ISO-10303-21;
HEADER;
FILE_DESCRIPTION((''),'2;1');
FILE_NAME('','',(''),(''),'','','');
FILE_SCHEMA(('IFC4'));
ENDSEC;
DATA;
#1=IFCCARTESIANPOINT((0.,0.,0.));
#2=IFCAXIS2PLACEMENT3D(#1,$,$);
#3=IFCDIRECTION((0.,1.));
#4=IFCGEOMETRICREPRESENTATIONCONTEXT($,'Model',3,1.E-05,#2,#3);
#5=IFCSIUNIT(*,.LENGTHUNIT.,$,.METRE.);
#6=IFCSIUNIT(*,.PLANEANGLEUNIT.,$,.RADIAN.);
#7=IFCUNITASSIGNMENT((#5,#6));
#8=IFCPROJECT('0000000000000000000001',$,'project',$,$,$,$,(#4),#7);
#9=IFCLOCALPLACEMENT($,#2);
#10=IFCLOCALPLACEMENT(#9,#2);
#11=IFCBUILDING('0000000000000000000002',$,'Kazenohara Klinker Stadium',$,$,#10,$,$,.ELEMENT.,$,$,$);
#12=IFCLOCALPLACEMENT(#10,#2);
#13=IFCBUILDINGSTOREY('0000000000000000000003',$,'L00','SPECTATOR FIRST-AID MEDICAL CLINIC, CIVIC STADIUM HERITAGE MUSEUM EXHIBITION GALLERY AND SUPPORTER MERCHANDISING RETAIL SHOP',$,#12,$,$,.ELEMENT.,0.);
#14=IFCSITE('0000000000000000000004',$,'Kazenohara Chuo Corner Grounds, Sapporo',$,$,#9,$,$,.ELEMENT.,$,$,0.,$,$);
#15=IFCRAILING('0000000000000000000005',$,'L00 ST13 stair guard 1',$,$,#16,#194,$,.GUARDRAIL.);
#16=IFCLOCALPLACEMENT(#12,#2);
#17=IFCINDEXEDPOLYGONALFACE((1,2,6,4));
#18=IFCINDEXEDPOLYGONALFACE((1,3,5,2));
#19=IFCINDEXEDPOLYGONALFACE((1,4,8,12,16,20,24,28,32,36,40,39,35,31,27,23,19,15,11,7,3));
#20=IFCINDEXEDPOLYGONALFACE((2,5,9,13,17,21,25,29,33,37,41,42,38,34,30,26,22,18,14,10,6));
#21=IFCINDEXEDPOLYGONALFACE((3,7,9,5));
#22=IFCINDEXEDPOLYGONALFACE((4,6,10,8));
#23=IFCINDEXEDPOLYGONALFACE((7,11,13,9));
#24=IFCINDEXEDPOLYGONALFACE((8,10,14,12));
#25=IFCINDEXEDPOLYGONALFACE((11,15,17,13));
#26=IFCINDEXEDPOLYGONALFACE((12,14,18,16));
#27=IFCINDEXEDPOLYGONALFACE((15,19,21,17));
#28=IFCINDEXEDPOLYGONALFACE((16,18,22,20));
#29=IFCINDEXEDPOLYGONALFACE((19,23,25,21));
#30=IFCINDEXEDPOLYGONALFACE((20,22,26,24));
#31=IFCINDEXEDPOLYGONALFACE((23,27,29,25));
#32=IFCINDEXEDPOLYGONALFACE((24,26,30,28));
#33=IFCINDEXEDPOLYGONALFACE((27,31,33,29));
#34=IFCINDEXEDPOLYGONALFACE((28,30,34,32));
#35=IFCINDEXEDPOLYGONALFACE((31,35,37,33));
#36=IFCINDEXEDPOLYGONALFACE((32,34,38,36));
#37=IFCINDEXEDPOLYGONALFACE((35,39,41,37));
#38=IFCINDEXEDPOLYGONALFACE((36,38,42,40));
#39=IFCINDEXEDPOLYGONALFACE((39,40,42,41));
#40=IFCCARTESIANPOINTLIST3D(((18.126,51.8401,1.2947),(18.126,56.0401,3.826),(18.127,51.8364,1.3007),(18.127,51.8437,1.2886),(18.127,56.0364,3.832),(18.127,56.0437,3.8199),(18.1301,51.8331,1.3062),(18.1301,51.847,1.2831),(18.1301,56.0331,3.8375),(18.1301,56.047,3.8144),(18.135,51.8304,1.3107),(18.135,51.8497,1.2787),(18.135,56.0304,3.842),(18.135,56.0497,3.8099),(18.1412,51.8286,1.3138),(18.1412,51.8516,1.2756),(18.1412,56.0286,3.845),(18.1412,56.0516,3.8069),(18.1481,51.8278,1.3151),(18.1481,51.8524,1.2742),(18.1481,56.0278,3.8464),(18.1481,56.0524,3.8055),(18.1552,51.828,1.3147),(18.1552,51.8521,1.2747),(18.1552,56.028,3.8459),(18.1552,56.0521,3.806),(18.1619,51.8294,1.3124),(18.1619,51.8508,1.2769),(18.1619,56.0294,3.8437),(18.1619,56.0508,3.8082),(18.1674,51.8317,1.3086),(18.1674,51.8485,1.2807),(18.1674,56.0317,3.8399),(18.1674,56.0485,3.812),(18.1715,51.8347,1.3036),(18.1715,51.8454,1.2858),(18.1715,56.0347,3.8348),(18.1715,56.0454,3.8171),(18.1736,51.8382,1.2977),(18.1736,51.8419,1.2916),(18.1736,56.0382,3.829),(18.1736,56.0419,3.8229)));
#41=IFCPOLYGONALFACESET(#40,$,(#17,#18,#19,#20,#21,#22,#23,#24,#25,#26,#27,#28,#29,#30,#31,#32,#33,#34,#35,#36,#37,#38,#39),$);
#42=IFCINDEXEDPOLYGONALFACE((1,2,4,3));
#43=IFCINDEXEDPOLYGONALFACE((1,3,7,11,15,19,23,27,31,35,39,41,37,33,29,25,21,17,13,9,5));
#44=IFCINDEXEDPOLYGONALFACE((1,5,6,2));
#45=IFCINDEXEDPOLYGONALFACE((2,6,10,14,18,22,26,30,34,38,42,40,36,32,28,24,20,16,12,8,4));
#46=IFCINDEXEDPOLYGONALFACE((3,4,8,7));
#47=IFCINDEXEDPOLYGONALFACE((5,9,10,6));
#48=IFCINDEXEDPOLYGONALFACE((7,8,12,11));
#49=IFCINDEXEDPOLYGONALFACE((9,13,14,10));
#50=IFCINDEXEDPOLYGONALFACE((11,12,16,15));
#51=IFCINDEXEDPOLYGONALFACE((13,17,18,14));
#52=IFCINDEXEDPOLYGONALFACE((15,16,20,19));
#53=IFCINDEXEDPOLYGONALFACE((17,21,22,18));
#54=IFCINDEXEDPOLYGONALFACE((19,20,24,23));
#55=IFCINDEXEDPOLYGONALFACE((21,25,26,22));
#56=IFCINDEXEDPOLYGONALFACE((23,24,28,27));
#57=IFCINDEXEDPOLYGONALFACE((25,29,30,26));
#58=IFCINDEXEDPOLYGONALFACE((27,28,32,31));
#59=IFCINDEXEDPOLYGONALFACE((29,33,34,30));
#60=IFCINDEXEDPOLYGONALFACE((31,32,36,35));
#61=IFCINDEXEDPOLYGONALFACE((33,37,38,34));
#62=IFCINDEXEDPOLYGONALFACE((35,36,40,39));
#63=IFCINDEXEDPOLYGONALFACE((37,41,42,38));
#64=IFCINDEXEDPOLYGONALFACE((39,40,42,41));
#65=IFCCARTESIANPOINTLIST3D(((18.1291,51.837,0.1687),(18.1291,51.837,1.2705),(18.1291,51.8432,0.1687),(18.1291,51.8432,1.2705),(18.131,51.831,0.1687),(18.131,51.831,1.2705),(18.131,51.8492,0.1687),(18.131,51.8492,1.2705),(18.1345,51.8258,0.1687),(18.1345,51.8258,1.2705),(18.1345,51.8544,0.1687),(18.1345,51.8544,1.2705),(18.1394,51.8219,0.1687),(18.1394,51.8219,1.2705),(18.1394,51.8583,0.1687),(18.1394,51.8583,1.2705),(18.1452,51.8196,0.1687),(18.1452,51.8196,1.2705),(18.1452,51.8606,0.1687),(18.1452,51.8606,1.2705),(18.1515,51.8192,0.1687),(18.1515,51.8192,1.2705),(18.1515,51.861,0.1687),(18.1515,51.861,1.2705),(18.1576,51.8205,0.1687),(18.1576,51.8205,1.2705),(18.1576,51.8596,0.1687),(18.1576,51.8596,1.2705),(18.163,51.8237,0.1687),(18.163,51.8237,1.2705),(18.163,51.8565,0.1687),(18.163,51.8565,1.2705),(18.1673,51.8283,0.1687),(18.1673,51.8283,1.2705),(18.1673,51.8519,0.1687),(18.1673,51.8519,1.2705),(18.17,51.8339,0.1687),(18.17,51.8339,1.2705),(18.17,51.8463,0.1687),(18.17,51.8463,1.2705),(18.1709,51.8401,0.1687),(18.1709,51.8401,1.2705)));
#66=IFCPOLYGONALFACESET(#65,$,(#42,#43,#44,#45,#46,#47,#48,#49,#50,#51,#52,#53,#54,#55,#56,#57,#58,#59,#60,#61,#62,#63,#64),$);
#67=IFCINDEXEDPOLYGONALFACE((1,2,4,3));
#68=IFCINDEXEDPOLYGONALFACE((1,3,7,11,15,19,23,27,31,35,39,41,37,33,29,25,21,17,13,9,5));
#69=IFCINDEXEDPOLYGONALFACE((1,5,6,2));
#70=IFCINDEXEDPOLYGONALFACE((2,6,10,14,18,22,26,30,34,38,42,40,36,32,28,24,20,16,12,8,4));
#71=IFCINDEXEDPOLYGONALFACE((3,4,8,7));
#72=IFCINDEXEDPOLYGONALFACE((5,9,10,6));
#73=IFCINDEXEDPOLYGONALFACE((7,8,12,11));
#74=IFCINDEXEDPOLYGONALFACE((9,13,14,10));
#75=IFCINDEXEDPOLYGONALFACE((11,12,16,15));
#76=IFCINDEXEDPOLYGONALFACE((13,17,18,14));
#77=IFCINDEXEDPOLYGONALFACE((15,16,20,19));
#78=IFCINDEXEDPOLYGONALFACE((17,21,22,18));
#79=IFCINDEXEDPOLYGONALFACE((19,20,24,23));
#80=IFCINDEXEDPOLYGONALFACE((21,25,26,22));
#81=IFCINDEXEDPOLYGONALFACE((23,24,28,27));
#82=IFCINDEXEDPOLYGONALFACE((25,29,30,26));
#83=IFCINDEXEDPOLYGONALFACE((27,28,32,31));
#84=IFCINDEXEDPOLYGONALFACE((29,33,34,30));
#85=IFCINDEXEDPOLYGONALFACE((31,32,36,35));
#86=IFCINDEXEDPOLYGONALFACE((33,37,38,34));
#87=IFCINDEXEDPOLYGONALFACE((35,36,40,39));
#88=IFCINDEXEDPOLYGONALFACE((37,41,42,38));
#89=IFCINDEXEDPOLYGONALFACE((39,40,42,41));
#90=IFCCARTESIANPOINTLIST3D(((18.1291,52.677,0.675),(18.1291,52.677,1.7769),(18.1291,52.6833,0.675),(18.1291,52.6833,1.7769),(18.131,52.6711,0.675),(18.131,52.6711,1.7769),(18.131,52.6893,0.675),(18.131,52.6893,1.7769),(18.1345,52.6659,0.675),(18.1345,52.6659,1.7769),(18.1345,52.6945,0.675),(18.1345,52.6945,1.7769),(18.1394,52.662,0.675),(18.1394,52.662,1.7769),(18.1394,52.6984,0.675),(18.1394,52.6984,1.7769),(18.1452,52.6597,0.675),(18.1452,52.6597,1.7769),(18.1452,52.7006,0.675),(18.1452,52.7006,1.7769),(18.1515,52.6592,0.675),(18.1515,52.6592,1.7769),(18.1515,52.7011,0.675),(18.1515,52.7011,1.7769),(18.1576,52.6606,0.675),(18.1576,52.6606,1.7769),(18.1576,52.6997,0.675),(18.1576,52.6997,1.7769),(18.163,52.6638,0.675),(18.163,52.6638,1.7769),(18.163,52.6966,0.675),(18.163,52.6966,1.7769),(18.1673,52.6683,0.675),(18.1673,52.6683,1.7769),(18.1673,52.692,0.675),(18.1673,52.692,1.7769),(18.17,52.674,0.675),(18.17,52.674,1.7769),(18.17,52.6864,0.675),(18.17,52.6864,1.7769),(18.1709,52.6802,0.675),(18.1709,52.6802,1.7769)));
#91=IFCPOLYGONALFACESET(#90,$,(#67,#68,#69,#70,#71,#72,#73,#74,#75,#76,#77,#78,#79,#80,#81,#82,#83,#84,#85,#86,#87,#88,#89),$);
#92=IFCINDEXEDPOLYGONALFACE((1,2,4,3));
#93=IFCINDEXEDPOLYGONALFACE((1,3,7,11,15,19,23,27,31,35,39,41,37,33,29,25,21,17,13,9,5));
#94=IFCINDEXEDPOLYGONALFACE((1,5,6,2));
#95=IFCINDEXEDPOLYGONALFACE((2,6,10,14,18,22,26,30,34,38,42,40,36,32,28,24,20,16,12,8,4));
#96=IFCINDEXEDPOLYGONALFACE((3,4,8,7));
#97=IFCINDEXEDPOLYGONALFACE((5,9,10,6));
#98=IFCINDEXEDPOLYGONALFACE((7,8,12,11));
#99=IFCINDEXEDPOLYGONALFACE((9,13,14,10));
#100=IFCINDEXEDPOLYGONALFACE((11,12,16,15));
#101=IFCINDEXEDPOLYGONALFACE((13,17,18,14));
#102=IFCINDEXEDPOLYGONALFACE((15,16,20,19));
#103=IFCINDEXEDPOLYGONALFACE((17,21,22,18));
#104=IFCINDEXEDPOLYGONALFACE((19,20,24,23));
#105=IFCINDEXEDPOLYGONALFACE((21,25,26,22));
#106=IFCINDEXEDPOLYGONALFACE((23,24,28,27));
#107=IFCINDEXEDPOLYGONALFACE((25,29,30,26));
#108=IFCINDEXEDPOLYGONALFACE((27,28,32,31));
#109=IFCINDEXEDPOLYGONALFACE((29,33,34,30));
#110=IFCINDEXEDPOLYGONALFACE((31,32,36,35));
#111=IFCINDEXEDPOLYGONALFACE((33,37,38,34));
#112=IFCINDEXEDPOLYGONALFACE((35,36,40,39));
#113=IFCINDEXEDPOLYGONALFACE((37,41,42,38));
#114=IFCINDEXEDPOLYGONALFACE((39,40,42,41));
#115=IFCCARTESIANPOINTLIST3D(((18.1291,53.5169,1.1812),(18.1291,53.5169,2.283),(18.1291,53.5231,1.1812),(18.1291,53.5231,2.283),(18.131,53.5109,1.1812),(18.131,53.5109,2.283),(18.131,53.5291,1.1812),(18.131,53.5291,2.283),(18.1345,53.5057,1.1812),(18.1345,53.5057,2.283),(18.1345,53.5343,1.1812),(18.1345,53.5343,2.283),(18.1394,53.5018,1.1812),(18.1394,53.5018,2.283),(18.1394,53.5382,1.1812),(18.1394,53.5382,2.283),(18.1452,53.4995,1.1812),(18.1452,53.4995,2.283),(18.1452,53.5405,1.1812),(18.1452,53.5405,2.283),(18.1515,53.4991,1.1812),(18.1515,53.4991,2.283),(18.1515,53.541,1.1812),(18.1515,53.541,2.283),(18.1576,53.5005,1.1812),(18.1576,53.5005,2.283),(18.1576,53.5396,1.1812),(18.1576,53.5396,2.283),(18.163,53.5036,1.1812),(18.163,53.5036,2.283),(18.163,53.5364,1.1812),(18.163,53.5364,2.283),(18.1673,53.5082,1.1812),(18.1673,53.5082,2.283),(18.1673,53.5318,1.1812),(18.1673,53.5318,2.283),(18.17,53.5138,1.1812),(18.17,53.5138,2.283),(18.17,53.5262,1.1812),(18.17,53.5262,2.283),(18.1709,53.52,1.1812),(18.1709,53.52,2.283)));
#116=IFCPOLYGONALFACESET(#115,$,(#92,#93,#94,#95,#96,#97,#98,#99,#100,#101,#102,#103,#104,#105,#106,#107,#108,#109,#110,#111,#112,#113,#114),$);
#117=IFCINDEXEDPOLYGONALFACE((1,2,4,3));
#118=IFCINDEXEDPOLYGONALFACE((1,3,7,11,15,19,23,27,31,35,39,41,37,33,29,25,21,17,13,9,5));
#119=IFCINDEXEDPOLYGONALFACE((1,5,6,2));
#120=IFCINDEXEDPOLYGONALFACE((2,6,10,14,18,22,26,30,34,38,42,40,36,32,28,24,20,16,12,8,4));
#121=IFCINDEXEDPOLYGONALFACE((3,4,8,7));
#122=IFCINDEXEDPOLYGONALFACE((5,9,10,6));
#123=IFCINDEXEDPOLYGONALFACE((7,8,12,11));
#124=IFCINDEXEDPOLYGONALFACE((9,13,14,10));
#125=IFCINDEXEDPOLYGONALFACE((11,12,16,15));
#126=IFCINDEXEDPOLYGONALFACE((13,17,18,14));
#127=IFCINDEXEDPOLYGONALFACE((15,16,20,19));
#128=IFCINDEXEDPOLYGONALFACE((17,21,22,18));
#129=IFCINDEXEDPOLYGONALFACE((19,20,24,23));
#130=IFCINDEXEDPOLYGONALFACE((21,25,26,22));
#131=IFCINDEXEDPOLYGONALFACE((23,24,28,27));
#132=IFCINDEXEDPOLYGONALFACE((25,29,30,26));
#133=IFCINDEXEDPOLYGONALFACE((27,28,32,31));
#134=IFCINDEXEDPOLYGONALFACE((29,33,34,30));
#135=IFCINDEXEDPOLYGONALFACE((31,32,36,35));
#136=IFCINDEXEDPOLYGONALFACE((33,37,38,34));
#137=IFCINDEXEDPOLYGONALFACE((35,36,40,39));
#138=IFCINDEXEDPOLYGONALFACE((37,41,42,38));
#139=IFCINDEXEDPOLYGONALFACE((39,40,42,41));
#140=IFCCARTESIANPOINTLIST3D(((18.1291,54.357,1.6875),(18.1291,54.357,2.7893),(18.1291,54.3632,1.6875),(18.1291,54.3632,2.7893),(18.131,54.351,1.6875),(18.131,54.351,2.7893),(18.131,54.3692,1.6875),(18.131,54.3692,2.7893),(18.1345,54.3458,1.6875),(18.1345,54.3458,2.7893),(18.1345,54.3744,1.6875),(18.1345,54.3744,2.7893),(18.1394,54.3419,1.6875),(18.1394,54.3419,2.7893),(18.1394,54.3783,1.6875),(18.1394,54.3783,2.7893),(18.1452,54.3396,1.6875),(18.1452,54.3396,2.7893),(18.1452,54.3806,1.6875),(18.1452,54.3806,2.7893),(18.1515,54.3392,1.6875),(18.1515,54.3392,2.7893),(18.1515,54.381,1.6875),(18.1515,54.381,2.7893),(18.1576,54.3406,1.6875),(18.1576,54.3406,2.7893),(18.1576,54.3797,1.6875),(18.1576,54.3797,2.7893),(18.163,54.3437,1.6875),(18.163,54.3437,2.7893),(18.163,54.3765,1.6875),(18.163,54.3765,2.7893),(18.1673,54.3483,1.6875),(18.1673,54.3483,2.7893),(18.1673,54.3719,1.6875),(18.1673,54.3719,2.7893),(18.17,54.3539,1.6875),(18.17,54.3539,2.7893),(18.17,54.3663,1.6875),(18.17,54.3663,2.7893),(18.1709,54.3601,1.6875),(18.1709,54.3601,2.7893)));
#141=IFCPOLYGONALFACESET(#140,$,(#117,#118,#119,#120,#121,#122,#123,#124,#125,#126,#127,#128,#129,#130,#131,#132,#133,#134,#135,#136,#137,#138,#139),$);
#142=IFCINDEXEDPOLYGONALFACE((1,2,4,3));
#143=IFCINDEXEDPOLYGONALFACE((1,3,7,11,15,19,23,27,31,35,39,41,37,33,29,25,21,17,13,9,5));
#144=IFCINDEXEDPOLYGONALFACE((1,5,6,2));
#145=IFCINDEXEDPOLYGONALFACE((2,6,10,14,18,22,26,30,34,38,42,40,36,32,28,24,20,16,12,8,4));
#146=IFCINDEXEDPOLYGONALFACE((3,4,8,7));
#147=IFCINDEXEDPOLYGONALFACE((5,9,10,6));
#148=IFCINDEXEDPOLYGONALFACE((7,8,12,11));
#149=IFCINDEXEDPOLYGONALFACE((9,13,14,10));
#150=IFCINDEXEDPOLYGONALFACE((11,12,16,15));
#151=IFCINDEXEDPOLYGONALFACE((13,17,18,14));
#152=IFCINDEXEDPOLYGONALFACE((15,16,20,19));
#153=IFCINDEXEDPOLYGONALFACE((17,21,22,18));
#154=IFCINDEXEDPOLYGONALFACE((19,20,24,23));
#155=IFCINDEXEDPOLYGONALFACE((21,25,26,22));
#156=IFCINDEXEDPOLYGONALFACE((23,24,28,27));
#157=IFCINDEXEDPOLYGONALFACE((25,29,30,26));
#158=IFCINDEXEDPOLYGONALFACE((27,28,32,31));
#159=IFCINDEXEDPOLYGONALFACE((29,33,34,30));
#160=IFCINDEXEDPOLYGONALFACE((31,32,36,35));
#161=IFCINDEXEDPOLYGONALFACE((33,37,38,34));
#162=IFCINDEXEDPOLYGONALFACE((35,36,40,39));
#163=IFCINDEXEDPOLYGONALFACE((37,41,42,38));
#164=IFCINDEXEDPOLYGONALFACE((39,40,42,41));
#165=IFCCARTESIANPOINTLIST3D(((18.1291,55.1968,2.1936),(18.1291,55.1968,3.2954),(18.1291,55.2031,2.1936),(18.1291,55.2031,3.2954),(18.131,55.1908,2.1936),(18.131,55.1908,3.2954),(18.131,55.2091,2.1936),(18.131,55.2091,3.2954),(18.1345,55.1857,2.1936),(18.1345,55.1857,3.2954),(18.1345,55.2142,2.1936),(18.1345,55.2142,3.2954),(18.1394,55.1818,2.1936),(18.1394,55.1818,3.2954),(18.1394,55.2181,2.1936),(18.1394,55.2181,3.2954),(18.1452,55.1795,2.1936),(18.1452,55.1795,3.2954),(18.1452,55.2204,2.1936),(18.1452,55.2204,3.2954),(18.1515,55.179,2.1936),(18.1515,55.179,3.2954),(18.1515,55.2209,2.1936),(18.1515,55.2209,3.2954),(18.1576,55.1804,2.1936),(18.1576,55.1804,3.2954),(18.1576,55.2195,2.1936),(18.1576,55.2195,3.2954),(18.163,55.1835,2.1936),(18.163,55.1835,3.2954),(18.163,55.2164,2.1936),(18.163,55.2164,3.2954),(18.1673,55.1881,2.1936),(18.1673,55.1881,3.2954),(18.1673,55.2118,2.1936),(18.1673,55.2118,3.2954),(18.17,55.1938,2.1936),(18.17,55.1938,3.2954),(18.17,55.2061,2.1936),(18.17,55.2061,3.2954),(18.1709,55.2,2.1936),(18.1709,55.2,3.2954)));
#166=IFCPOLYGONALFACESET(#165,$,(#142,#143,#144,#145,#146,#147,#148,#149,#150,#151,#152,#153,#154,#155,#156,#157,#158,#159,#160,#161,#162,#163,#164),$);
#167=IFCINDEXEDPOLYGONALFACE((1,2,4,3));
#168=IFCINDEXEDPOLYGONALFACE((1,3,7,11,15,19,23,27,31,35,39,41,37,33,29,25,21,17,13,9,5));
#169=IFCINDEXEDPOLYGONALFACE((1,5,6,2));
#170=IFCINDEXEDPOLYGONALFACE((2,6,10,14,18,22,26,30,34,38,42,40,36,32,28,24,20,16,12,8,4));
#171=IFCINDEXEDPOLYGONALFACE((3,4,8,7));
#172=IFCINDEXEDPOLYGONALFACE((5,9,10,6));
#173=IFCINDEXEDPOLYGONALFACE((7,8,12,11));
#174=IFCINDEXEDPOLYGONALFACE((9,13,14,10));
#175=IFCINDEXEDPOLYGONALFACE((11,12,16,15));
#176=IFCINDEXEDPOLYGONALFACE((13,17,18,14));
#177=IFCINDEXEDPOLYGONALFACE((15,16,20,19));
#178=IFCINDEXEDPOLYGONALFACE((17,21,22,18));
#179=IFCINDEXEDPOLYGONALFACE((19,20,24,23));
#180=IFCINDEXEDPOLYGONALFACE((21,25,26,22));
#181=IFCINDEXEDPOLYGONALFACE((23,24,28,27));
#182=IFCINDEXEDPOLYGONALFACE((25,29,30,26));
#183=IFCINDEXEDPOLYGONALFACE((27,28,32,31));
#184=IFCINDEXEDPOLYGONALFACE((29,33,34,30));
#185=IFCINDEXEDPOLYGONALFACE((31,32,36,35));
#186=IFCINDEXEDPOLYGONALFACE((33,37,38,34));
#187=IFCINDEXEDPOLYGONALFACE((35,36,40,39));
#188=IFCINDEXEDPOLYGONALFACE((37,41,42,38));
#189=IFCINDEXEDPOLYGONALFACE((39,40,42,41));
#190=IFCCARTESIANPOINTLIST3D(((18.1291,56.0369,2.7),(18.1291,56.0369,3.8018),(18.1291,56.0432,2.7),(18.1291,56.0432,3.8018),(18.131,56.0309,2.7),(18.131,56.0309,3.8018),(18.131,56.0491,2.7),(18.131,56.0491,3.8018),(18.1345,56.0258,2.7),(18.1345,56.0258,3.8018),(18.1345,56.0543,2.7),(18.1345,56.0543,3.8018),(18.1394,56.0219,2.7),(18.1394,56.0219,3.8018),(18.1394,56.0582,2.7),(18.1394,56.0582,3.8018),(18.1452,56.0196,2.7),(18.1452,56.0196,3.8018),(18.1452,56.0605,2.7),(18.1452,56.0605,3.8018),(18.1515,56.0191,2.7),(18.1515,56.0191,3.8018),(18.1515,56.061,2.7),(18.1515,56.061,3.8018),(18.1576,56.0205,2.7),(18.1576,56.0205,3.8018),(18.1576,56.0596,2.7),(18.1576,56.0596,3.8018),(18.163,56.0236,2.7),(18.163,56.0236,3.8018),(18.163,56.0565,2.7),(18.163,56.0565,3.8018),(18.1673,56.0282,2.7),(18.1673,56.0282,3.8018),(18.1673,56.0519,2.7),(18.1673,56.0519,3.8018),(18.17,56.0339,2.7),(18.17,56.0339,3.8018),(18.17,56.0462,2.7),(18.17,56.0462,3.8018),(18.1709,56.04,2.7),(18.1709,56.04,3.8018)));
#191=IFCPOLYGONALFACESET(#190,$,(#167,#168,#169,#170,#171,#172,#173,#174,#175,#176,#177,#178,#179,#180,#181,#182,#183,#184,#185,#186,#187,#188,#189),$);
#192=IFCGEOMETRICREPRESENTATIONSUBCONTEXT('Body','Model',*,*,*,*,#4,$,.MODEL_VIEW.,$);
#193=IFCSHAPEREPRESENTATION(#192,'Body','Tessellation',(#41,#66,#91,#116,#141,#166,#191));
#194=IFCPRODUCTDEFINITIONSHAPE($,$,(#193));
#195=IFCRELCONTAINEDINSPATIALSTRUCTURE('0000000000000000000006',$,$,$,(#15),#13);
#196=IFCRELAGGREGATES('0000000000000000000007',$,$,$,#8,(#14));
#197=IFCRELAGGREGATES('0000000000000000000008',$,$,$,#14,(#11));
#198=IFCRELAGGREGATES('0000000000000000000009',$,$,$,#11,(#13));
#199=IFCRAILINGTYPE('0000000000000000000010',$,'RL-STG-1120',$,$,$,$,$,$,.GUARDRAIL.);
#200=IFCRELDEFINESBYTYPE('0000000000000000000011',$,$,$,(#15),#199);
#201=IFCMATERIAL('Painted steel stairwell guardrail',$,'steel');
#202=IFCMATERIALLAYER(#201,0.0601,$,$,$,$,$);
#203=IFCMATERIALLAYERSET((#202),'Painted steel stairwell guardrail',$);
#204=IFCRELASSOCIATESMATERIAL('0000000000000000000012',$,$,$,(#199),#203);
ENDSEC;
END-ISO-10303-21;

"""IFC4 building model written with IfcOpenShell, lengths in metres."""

from ifc_helpers import new_model, si_unit, direction, frame, origin, origin_2d, place, context, subcontext, project, spatial, circle, extrude, material, layer, layer_set, type_object, element, save


model = new_model("IFC4")

# Units and contexts
model_context = context("Model", 3, precision=1e-05, world=origin(), true_north=direction((0.0, 1.0)))
body_context = subcontext(model_context, "Body", "Model", "MODEL_VIEW")
ifc_project = project(units=[si_unit("LENGTHUNIT", "METRE"), si_unit("PLANEANGLEUNIT", "RADIAN")], contexts=[model_context])

# Site, building, storey
site_placement = place(None, origin())
site = spatial("IfcSite", under=ifc_project, at=site_placement, Name="Kazenohara Chuo Corner Grounds, Sapporo", CompositionType="ELEMENT", RefElevation=0.0)
building_placement = place(site_placement, origin())
building = spatial("IfcBuilding", under=site, at=building_placement, Name="Kazenohara Klinker Stadium", CompositionType="ELEMENT")
storey_placement = place(building_placement, origin())
storey = spatial("IfcBuildingStorey", under=building, at=storey_placement, Name="L00", Description="SPECTATOR FIRST-AID MEDICAL CLINIC, CIVIC STADIUM HERITAGE MUSEUM EXHIBITION GALLERY AND SUPPORTER MERCHANDISING RETAIL SHOP", CompositionType="ELEMENT", Elevation=0.0)

# Railing
ifc_material_1 = material(Name="Painted steel stairwell guardrail", Category="steel")
ifc_layer_1 = layer(ifc_material_1, 0.0601)
ifc_layer_set_1 = layer_set([ifc_layer_1], Name="Painted steel stairwell guardrail")
railing_type_1 = type_object("IfcRailingType", Name="RL-STG-1120", PredefinedType="GUARDRAIL", material=ifc_layer_set_1)
railing_1_placement = place(storey_placement, frame((18.1499, 51.8401, 0.1687)))
element("IfcRailing", 1, at=railing_1_placement, inside=storey, type_object=railing_type_1, Name="L00 ST13 stair guard 1", PredefinedType="GUARDRAIL", context=body_context, shape_type="SweptSolid", body=[
    extrude(circle(Radius=0.0239, at=origin_2d()), frame((0.0, 0.0, 1.126), z_axis=(0.0, 0.856476, 0.516186), x_axis=(-1.0, 0.0, 0.0)), (0.0, 0.0, 1.0), 4.9038),
    extrude(circle(Radius=0.021, at=origin_2d()), origin(), (0.0, 0.0, 1.0), 1.1018),
    extrude(circle(Radius=0.021, at=origin_2d()), frame((0.0, 0.8401, 0.5063)), (0.0, 0.0, 1.0), 1.1018),
    extrude(circle(Radius=0.021, at=origin_2d()), frame((0.0, 1.6799, 1.0125)), (0.0, 0.0, 1.0), 1.1018),
    extrude(circle(Radius=0.021, at=origin_2d()), frame((0.0, 2.52, 1.5188)), (0.0, 0.0, 1.0), 1.1018),
    extrude(circle(Radius=0.021, at=origin_2d()), frame((0.0, 3.3599, 2.0249)), (0.0, 0.0, 1.0), 1.1018),
    extrude(circle(Radius=0.021, at=origin_2d()), frame((0.0, 4.2, 2.5312)), (0.0, 0.0, 1.0), 1.1018),
])

save(model, "model.ifc")
